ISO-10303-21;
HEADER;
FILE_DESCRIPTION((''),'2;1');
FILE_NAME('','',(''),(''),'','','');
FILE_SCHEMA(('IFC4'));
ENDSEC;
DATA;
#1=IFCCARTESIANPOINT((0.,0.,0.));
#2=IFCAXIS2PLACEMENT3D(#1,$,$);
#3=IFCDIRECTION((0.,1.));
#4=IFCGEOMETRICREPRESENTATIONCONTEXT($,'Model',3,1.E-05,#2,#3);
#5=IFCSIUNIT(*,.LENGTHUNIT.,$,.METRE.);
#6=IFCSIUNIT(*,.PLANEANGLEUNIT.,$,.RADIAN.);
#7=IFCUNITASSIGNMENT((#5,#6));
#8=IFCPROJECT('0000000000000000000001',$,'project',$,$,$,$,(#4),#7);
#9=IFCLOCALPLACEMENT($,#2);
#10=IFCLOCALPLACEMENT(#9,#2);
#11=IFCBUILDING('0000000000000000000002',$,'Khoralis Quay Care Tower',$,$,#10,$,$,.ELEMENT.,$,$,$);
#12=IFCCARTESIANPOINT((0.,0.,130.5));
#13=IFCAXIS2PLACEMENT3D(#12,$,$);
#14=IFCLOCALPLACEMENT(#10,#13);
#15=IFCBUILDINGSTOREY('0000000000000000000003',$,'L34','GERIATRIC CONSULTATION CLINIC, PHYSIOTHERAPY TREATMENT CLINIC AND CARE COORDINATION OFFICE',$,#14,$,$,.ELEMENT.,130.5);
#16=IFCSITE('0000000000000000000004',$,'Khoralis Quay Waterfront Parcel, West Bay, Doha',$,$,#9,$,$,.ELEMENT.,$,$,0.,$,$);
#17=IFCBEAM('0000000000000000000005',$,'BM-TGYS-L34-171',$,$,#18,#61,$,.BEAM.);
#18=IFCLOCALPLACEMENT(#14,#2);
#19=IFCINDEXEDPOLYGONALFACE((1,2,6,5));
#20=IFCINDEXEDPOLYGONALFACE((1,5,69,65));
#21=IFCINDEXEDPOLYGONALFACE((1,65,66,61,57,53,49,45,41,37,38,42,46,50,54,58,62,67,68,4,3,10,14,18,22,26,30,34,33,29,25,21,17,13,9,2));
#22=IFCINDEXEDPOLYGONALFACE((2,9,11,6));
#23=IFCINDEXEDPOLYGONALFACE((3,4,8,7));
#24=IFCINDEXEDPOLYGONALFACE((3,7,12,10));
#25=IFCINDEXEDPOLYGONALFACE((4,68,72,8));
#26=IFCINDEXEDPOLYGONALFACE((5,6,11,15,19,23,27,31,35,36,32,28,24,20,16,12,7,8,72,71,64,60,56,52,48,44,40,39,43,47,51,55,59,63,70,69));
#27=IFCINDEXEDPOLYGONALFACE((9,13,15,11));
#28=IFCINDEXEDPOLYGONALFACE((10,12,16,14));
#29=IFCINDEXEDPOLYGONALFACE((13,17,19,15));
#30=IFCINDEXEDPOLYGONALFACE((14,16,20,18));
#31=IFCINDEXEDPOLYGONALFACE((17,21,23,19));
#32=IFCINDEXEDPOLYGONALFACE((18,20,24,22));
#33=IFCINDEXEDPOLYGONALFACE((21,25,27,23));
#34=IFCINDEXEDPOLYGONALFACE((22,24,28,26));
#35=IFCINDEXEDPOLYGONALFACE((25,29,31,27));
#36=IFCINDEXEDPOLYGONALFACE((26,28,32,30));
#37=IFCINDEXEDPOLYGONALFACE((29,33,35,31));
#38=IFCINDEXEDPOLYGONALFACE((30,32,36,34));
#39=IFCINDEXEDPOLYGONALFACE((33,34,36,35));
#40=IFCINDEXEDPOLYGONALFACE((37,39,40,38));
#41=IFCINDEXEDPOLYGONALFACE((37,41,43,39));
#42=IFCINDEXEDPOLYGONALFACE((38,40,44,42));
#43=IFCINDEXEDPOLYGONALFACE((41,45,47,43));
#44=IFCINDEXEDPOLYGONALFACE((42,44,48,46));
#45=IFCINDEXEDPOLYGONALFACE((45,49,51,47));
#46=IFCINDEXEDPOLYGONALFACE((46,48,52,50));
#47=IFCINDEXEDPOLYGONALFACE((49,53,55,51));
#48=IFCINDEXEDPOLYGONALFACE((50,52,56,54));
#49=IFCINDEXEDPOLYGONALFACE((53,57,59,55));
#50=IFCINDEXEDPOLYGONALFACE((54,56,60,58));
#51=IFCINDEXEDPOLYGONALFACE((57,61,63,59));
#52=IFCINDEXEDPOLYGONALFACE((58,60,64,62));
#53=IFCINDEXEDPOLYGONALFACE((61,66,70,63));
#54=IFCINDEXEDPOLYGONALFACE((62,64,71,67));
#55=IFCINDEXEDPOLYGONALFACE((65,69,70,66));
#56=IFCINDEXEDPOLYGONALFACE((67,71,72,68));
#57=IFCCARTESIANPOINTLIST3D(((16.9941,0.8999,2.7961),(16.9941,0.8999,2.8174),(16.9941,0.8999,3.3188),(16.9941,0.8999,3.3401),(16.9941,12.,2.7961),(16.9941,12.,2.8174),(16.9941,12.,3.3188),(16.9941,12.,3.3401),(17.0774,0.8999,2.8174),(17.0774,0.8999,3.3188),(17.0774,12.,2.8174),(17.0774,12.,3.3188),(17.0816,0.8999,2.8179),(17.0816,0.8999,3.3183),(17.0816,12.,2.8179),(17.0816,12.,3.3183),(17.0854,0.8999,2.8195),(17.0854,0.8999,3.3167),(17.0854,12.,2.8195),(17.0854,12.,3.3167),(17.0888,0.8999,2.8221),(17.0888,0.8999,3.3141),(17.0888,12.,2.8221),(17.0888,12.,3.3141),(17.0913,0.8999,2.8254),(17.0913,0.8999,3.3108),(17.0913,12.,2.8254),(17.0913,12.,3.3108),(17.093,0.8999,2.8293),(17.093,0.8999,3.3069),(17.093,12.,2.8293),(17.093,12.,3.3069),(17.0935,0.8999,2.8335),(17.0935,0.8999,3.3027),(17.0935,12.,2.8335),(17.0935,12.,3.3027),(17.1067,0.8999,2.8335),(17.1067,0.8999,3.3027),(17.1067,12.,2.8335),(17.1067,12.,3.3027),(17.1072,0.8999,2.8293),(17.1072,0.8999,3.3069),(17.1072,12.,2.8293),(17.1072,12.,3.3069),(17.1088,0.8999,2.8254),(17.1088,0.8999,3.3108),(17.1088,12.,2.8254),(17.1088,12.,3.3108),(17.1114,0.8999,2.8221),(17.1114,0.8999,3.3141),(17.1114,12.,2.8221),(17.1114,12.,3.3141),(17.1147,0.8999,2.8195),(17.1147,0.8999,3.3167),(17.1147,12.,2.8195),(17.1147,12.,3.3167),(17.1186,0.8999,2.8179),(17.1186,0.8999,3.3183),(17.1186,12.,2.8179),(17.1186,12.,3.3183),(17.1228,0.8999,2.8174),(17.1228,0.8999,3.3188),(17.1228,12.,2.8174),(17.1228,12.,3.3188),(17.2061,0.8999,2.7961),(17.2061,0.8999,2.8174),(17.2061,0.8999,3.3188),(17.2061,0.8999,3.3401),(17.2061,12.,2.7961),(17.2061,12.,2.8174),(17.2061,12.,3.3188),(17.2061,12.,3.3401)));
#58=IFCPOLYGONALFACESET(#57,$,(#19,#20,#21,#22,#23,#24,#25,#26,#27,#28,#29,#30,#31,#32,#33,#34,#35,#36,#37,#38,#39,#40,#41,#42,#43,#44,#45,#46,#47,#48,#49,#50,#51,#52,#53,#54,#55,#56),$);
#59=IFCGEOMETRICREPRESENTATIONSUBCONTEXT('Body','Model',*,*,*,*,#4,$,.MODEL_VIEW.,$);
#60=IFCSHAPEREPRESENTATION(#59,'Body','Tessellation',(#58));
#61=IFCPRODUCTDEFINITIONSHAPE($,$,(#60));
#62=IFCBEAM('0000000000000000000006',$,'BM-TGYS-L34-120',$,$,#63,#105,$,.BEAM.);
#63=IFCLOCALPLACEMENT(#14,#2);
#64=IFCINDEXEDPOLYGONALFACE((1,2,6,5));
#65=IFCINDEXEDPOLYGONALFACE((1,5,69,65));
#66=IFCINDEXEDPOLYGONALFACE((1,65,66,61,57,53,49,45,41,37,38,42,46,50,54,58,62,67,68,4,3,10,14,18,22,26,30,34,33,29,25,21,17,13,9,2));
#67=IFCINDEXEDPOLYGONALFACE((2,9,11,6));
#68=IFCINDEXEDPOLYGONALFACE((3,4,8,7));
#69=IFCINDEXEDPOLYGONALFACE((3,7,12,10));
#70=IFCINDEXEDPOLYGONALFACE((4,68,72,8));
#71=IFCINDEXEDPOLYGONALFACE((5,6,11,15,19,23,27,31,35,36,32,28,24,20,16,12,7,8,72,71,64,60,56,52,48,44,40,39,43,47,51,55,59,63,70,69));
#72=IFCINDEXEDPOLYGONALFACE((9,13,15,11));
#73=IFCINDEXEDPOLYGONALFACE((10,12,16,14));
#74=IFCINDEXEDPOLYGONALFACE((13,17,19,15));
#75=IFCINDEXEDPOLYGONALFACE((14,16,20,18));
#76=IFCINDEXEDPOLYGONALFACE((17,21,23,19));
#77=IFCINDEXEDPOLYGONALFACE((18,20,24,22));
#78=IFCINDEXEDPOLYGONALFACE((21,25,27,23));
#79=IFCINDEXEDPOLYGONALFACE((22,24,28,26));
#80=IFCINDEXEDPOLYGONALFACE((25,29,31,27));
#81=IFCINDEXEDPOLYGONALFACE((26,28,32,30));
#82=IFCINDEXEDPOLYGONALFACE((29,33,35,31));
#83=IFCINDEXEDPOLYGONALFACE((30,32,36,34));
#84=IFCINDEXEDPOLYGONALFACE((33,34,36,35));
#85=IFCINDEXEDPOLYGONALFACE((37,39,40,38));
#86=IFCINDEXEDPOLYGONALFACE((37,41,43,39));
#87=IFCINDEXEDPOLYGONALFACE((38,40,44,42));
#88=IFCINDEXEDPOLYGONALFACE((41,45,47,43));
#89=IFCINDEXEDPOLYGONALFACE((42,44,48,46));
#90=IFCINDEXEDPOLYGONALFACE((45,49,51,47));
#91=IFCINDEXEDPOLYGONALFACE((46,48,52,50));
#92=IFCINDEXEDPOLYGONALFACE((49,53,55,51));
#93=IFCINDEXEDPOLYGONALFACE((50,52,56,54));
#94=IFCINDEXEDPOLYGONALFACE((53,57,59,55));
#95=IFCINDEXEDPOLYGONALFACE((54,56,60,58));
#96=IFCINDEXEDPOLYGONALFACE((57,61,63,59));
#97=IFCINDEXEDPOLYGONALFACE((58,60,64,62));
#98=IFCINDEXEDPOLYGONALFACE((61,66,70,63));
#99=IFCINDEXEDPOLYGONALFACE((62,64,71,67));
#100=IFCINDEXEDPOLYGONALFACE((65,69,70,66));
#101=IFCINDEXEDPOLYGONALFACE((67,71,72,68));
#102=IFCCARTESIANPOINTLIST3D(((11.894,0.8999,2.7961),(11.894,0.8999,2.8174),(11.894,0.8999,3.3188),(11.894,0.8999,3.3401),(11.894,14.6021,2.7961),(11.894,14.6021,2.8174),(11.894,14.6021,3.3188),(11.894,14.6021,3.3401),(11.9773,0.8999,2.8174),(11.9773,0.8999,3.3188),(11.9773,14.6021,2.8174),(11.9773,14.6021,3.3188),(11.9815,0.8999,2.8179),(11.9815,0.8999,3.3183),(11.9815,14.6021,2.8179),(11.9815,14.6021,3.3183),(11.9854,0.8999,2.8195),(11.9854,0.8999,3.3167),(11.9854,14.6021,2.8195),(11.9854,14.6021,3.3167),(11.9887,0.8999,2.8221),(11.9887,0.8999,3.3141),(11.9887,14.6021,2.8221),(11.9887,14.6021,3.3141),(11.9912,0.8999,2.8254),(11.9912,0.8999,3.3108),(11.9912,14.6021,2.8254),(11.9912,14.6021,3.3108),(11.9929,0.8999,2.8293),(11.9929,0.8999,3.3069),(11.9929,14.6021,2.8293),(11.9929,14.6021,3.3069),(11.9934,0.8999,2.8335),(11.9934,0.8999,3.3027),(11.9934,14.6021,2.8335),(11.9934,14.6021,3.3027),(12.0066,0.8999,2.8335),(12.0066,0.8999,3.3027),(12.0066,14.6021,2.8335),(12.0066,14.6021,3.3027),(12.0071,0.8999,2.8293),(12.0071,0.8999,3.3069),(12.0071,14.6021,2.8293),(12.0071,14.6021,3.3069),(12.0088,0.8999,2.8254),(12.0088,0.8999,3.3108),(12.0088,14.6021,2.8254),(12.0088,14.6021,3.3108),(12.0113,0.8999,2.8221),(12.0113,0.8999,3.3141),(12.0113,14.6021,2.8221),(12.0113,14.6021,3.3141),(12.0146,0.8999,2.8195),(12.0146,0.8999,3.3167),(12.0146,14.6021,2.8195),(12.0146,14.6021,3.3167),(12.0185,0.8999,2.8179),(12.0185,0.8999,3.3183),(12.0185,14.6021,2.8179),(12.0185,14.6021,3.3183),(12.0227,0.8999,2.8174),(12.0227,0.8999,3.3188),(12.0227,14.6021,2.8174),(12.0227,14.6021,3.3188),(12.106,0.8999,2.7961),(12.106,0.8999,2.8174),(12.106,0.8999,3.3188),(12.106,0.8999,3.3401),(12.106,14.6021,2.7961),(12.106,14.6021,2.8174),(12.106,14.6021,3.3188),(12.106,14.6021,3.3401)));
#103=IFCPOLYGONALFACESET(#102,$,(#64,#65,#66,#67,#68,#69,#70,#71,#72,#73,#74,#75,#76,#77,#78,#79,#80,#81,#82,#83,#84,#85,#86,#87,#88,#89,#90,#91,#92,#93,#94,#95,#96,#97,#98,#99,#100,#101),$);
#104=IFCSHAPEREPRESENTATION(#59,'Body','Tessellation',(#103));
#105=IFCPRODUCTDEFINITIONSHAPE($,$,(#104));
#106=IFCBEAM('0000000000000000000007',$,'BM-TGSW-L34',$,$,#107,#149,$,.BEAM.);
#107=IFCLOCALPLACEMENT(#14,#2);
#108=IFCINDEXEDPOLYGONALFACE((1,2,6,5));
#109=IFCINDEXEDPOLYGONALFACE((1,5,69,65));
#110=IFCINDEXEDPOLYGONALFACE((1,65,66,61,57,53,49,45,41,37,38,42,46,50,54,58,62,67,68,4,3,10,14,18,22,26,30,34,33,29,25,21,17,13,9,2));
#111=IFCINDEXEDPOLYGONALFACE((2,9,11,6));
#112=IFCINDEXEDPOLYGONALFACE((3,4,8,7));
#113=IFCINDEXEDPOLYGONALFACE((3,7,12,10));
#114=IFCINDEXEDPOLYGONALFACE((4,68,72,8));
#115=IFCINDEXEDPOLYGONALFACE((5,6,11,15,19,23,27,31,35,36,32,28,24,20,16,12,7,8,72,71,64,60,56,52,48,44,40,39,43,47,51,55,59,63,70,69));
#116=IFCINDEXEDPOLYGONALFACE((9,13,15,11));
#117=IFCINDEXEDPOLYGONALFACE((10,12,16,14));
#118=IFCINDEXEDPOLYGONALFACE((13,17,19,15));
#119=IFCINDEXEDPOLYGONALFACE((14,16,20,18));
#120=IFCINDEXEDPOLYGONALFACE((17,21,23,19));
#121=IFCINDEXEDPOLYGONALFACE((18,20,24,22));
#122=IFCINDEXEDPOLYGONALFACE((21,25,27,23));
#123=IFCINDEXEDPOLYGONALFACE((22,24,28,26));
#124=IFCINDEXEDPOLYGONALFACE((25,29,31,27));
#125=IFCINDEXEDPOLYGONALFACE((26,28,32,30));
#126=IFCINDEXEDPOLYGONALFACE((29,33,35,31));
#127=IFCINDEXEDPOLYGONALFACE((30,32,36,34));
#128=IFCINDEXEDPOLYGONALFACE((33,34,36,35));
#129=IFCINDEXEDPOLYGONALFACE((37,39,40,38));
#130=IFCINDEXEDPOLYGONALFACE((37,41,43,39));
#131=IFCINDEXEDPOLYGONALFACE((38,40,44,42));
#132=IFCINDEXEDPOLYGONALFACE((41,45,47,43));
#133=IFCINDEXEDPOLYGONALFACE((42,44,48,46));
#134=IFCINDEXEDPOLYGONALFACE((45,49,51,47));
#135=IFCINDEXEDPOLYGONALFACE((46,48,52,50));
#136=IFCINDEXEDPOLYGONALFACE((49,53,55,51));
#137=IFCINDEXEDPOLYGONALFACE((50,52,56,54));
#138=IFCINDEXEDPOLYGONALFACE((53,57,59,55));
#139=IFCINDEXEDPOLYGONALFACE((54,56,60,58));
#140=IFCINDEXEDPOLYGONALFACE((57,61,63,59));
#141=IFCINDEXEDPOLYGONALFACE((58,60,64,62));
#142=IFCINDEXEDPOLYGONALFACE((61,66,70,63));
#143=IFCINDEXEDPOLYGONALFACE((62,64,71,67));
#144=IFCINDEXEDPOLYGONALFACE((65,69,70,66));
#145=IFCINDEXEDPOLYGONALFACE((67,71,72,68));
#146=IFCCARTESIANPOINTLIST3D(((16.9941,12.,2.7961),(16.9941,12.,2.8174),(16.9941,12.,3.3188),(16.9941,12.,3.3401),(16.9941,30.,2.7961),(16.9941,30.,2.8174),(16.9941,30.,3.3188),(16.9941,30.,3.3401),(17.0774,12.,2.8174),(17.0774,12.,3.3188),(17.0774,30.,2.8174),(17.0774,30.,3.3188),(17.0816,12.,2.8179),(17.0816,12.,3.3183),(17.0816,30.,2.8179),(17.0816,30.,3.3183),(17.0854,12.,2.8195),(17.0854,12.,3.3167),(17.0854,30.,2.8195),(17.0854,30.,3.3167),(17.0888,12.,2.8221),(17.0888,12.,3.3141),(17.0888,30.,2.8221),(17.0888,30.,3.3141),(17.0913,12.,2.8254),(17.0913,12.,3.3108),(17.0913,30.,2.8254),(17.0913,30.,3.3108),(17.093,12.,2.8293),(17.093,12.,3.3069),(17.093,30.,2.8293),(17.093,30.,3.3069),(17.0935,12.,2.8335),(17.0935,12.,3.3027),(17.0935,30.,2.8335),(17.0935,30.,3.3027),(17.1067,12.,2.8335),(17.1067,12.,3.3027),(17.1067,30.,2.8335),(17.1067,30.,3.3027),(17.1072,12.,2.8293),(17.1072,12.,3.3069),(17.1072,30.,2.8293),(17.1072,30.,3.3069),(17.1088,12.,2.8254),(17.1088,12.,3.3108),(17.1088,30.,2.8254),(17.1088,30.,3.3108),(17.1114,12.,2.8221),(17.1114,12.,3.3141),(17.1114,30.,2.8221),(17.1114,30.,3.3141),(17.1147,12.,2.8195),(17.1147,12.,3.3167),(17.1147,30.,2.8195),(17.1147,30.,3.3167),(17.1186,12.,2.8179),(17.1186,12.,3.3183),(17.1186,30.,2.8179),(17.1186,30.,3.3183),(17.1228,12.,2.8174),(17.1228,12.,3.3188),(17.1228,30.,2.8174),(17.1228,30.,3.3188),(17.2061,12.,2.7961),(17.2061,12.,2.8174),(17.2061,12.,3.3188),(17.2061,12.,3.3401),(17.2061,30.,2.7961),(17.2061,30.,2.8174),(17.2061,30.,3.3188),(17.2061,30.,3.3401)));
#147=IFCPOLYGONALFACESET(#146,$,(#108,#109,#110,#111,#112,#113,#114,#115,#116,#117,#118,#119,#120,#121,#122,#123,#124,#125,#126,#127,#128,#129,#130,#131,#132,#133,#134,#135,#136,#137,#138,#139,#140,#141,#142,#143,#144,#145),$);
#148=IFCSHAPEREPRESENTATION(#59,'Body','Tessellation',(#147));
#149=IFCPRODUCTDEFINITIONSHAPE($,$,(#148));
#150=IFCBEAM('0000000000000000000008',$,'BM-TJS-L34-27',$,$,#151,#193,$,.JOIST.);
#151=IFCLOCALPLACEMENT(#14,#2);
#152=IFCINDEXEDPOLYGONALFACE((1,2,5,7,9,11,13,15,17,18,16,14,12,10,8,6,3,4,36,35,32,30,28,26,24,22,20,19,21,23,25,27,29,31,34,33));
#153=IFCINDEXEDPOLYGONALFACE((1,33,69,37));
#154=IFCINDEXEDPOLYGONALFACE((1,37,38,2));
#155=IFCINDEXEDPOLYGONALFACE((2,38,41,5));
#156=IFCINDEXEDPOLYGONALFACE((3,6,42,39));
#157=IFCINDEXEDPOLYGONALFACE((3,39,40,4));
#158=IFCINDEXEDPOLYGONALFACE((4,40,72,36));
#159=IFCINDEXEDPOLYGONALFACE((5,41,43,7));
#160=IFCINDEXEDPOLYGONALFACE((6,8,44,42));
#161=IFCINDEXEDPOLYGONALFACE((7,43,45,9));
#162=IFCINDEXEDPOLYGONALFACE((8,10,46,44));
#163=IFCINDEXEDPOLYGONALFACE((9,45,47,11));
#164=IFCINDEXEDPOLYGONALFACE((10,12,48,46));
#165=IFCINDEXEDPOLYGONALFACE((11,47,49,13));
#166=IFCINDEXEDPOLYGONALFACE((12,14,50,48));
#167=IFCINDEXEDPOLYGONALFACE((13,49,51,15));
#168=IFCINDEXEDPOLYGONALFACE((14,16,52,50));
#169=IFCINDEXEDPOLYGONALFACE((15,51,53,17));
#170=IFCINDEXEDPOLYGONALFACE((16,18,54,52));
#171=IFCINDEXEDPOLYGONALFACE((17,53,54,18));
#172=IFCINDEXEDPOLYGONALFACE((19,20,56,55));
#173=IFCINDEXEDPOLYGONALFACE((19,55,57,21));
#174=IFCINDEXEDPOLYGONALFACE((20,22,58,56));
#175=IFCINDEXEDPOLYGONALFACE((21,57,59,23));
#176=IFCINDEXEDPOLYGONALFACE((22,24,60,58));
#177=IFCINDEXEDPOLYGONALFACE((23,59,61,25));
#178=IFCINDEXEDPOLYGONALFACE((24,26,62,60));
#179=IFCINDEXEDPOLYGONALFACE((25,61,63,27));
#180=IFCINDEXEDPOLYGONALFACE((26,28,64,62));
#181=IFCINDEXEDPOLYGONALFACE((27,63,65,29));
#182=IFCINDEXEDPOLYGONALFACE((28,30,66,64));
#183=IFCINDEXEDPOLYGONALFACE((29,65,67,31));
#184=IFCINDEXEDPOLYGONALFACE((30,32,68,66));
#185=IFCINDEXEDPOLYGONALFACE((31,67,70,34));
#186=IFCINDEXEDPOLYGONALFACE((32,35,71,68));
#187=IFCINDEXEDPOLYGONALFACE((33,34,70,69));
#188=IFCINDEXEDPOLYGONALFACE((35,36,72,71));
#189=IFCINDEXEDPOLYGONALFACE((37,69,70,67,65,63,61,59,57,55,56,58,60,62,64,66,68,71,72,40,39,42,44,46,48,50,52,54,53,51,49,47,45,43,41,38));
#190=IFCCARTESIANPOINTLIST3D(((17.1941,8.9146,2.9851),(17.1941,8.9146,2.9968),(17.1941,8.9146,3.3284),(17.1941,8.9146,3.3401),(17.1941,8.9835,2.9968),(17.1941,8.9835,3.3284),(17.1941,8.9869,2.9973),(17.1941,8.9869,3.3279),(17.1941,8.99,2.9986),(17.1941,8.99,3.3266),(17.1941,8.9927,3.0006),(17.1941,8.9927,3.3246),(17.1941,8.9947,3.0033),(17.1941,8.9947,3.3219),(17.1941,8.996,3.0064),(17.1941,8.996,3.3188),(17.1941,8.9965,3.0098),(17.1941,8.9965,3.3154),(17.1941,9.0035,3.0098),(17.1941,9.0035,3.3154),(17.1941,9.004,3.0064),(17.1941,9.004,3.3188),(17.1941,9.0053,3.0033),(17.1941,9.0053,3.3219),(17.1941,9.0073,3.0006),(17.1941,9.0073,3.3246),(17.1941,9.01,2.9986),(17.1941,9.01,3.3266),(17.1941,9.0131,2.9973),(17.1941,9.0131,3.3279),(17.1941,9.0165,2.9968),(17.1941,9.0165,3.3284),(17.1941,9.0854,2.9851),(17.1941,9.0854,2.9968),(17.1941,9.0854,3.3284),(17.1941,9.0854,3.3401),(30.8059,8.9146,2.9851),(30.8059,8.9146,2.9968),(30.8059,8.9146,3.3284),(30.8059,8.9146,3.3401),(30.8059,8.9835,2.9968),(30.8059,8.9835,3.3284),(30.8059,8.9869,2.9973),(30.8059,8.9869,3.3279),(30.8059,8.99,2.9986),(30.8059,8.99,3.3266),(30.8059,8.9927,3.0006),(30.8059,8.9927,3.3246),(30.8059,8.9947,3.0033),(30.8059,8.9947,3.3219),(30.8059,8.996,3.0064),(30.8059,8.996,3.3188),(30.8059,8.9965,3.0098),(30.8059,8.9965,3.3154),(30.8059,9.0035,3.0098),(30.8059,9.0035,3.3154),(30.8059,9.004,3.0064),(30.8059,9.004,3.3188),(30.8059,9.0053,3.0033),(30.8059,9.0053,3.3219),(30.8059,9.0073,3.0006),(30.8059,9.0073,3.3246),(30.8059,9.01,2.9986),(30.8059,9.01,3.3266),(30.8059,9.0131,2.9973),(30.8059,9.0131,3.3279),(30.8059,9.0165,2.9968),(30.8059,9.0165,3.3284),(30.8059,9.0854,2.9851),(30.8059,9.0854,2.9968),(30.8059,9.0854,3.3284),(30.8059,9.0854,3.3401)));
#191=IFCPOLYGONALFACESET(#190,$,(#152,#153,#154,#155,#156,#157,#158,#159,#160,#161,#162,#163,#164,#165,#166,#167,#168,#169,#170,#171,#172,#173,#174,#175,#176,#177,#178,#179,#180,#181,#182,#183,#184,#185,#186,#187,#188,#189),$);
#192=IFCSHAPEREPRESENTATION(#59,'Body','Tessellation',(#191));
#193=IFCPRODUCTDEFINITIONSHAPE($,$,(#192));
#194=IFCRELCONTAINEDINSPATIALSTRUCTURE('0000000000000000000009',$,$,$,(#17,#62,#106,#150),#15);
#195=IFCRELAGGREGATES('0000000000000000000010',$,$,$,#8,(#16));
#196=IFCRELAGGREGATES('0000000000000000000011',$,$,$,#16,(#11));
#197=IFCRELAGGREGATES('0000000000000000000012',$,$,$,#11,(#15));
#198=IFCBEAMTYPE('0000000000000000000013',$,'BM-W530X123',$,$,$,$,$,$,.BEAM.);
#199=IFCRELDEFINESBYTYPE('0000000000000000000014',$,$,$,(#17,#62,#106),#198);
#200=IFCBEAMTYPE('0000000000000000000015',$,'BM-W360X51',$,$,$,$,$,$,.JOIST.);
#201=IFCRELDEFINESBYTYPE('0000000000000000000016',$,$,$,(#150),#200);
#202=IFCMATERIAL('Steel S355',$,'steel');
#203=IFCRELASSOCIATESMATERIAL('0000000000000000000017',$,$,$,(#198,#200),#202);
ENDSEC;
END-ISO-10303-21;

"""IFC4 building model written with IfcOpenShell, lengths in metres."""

from ifc_helpers import new_model, si_unit, direction, frame, origin, origin_2d, place, context, subcontext, project, spatial, i_section, extrude, source, transform, mapped, material, material_profile, profile_set, type_object, element, save


model = new_model("IFC4")

# Units and contexts
model_context = context("Model", 3, precision=1e-05, world=origin(), true_north=direction((0.0, 1.0)))
body_context = subcontext(model_context, "Body", "Model", "MODEL_VIEW")
ifc_project = project(units=[si_unit("LENGTHUNIT", "METRE"), si_unit("PLANEANGLEUNIT", "RADIAN")], contexts=[model_context])

# Site, building, storey
site_placement = place(None, origin())
site = spatial("IfcSite", under=ifc_project, at=site_placement, Name="Khoralis Quay Waterfront Parcel, West Bay, Doha", CompositionType="ELEMENT", RefElevation=0.0)
building_placement = place(site_placement, origin())
building = spatial("IfcBuilding", under=site, at=building_placement, Name="Khoralis Quay Care Tower", CompositionType="ELEMENT")
storey_placement = place(building_placement, frame((0.0, 0.0, 130.5)))
storey = spatial("IfcBuildingStorey", under=building, at=storey_placement, Name="L34", Description="GERIATRIC CONSULTATION CLINIC, PHYSIOTHERAPY TREATMENT CLINIC AND CARE COORDINATION OFFICE", CompositionType="ELEMENT", Elevation=130.5)

# Beams
ifc_material_1 = material(Name="Steel S355", Category="steel")
ifc_material_profile_1 = material_profile(ifc_material_1, i_section(OverallWidth=0.2119, OverallDepth=0.5439, WebThickness=0.0132, FlangeThickness=0.0212, FilletRadius=0.0161, at=origin_2d()), Name="Steel S355")
ifc_profile_set_1 = profile_set([ifc_material_profile_1], Name="Steel S355")
beam_type_1 = type_object("IfcBeamType", Name="BM-W530X123", PredefinedType="BEAM", material=ifc_profile_set_1)
shared_shape_1 = source(origin(), body_context, "Body", "SweptSolid", [
    extrude(i_section(OverallWidth=0.2119, OverallDepth=0.5439, WebThickness=0.0132, FlangeThickness=0.0212, FilletRadius=0.0161, at=origin_2d()), origin(), (0.0, 0.0, 1.0), 11.1001),
])
beam_1_placement = place(storey_placement, frame((17.1001, 0.8999, 3.0681), z_axis=(0.0, 1.0, 0.0), x_axis=(-1.0, 0.0, 0.0)))
element("IfcBeam", 1, at=beam_1_placement, inside=storey, type_object=beam_type_1, Name="BM-TGYS-L34-171", PredefinedType="BEAM", context=body_context, shape_type="MappedRepresentation", body=[
    mapped(shared_shape_1, transform((0.0, 0.0, 0.0), scale=1.0)),
])
shared_shape_2 = source(origin(), body_context, "Body", "SweptSolid", [
    extrude(i_section(OverallWidth=0.2119, OverallDepth=0.5439, WebThickness=0.0132, FlangeThickness=0.0212, FilletRadius=0.0161, at=origin_2d()), origin(), (0.0, 0.0, 1.0), 13.7021),
])
beam_2_placement = place(storey_placement, frame((12.0, 0.8999, 3.0681), z_axis=(0.0, 1.0, 0.0), x_axis=(-1.0, 0.0, 0.0)))
element("IfcBeam", 2, at=beam_2_placement, inside=storey, type_object=beam_type_1, Name="BM-TGYS-L34-120", PredefinedType="BEAM", context=body_context, shape_type="MappedRepresentation", body=[
    mapped(shared_shape_2, transform((0.0, 0.0, 0.0), scale=1.0)),
])
shared_shape_3 = source(origin(), body_context, "Body", "SweptSolid", [
    extrude(i_section(OverallWidth=0.2119, OverallDepth=0.5439, WebThickness=0.0132, FlangeThickness=0.0212, FilletRadius=0.0161, at=origin_2d()), origin(), (0.0, 0.0, 1.0), 18.0),
])
beam_3_placement = place(storey_placement, frame((17.1001, 12.0, 3.0681), z_axis=(0.0, 1.0, 0.0), x_axis=(-1.0, 0.0, 0.0)))
element("IfcBeam", 3, at=beam_3_placement, inside=storey, type_object=beam_type_1, Name="BM-TGSW-L34", PredefinedType="BEAM", context=body_context, shape_type="MappedRepresentation", body=[
    mapped(shared_shape_3, transform((0.0, 0.0, 0.0), scale=1.0)),
])
ifc_material_profile_2 = material_profile(ifc_material_1, i_section(OverallWidth=0.1709, OverallDepth=0.355, WebThickness=0.0071, FlangeThickness=0.0117, FilletRadius=0.0129, at=origin_2d()), Name="Steel S355")
ifc_profile_set_2 = profile_set([ifc_material_profile_2], Name="Steel S355")
beam_type_2 = type_object("IfcBeamType", Name="BM-W360X51", PredefinedType="JOIST", material=ifc_profile_set_2)
shared_shape_4 = source(origin(), body_context, "Body", "SweptSolid", [
    extrude(i_section(OverallWidth=0.1709, OverallDepth=0.355, WebThickness=0.0071, FlangeThickness=0.0117, FilletRadius=0.0129, at=origin_2d()), origin(), (0.0, 0.0, 1.0), 13.6118),
])
beam_4_placement = place(storey_placement, frame((17.1941, 9.0, 3.1626), z_axis=(1.0, 0.0, 0.0), x_axis=(0.0, 1.0, 0.0)))
element("IfcBeam", 4, at=beam_4_placement, inside=storey, type_object=beam_type_2, Name="BM-TJS-L34-27", PredefinedType="JOIST", context=body_context, shape_type="MappedRepresentation", body=[
    mapped(shared_shape_4, transform((0.0, 0.0, 0.0), scale=1.0)),
])

save(model, "model.ifc")
